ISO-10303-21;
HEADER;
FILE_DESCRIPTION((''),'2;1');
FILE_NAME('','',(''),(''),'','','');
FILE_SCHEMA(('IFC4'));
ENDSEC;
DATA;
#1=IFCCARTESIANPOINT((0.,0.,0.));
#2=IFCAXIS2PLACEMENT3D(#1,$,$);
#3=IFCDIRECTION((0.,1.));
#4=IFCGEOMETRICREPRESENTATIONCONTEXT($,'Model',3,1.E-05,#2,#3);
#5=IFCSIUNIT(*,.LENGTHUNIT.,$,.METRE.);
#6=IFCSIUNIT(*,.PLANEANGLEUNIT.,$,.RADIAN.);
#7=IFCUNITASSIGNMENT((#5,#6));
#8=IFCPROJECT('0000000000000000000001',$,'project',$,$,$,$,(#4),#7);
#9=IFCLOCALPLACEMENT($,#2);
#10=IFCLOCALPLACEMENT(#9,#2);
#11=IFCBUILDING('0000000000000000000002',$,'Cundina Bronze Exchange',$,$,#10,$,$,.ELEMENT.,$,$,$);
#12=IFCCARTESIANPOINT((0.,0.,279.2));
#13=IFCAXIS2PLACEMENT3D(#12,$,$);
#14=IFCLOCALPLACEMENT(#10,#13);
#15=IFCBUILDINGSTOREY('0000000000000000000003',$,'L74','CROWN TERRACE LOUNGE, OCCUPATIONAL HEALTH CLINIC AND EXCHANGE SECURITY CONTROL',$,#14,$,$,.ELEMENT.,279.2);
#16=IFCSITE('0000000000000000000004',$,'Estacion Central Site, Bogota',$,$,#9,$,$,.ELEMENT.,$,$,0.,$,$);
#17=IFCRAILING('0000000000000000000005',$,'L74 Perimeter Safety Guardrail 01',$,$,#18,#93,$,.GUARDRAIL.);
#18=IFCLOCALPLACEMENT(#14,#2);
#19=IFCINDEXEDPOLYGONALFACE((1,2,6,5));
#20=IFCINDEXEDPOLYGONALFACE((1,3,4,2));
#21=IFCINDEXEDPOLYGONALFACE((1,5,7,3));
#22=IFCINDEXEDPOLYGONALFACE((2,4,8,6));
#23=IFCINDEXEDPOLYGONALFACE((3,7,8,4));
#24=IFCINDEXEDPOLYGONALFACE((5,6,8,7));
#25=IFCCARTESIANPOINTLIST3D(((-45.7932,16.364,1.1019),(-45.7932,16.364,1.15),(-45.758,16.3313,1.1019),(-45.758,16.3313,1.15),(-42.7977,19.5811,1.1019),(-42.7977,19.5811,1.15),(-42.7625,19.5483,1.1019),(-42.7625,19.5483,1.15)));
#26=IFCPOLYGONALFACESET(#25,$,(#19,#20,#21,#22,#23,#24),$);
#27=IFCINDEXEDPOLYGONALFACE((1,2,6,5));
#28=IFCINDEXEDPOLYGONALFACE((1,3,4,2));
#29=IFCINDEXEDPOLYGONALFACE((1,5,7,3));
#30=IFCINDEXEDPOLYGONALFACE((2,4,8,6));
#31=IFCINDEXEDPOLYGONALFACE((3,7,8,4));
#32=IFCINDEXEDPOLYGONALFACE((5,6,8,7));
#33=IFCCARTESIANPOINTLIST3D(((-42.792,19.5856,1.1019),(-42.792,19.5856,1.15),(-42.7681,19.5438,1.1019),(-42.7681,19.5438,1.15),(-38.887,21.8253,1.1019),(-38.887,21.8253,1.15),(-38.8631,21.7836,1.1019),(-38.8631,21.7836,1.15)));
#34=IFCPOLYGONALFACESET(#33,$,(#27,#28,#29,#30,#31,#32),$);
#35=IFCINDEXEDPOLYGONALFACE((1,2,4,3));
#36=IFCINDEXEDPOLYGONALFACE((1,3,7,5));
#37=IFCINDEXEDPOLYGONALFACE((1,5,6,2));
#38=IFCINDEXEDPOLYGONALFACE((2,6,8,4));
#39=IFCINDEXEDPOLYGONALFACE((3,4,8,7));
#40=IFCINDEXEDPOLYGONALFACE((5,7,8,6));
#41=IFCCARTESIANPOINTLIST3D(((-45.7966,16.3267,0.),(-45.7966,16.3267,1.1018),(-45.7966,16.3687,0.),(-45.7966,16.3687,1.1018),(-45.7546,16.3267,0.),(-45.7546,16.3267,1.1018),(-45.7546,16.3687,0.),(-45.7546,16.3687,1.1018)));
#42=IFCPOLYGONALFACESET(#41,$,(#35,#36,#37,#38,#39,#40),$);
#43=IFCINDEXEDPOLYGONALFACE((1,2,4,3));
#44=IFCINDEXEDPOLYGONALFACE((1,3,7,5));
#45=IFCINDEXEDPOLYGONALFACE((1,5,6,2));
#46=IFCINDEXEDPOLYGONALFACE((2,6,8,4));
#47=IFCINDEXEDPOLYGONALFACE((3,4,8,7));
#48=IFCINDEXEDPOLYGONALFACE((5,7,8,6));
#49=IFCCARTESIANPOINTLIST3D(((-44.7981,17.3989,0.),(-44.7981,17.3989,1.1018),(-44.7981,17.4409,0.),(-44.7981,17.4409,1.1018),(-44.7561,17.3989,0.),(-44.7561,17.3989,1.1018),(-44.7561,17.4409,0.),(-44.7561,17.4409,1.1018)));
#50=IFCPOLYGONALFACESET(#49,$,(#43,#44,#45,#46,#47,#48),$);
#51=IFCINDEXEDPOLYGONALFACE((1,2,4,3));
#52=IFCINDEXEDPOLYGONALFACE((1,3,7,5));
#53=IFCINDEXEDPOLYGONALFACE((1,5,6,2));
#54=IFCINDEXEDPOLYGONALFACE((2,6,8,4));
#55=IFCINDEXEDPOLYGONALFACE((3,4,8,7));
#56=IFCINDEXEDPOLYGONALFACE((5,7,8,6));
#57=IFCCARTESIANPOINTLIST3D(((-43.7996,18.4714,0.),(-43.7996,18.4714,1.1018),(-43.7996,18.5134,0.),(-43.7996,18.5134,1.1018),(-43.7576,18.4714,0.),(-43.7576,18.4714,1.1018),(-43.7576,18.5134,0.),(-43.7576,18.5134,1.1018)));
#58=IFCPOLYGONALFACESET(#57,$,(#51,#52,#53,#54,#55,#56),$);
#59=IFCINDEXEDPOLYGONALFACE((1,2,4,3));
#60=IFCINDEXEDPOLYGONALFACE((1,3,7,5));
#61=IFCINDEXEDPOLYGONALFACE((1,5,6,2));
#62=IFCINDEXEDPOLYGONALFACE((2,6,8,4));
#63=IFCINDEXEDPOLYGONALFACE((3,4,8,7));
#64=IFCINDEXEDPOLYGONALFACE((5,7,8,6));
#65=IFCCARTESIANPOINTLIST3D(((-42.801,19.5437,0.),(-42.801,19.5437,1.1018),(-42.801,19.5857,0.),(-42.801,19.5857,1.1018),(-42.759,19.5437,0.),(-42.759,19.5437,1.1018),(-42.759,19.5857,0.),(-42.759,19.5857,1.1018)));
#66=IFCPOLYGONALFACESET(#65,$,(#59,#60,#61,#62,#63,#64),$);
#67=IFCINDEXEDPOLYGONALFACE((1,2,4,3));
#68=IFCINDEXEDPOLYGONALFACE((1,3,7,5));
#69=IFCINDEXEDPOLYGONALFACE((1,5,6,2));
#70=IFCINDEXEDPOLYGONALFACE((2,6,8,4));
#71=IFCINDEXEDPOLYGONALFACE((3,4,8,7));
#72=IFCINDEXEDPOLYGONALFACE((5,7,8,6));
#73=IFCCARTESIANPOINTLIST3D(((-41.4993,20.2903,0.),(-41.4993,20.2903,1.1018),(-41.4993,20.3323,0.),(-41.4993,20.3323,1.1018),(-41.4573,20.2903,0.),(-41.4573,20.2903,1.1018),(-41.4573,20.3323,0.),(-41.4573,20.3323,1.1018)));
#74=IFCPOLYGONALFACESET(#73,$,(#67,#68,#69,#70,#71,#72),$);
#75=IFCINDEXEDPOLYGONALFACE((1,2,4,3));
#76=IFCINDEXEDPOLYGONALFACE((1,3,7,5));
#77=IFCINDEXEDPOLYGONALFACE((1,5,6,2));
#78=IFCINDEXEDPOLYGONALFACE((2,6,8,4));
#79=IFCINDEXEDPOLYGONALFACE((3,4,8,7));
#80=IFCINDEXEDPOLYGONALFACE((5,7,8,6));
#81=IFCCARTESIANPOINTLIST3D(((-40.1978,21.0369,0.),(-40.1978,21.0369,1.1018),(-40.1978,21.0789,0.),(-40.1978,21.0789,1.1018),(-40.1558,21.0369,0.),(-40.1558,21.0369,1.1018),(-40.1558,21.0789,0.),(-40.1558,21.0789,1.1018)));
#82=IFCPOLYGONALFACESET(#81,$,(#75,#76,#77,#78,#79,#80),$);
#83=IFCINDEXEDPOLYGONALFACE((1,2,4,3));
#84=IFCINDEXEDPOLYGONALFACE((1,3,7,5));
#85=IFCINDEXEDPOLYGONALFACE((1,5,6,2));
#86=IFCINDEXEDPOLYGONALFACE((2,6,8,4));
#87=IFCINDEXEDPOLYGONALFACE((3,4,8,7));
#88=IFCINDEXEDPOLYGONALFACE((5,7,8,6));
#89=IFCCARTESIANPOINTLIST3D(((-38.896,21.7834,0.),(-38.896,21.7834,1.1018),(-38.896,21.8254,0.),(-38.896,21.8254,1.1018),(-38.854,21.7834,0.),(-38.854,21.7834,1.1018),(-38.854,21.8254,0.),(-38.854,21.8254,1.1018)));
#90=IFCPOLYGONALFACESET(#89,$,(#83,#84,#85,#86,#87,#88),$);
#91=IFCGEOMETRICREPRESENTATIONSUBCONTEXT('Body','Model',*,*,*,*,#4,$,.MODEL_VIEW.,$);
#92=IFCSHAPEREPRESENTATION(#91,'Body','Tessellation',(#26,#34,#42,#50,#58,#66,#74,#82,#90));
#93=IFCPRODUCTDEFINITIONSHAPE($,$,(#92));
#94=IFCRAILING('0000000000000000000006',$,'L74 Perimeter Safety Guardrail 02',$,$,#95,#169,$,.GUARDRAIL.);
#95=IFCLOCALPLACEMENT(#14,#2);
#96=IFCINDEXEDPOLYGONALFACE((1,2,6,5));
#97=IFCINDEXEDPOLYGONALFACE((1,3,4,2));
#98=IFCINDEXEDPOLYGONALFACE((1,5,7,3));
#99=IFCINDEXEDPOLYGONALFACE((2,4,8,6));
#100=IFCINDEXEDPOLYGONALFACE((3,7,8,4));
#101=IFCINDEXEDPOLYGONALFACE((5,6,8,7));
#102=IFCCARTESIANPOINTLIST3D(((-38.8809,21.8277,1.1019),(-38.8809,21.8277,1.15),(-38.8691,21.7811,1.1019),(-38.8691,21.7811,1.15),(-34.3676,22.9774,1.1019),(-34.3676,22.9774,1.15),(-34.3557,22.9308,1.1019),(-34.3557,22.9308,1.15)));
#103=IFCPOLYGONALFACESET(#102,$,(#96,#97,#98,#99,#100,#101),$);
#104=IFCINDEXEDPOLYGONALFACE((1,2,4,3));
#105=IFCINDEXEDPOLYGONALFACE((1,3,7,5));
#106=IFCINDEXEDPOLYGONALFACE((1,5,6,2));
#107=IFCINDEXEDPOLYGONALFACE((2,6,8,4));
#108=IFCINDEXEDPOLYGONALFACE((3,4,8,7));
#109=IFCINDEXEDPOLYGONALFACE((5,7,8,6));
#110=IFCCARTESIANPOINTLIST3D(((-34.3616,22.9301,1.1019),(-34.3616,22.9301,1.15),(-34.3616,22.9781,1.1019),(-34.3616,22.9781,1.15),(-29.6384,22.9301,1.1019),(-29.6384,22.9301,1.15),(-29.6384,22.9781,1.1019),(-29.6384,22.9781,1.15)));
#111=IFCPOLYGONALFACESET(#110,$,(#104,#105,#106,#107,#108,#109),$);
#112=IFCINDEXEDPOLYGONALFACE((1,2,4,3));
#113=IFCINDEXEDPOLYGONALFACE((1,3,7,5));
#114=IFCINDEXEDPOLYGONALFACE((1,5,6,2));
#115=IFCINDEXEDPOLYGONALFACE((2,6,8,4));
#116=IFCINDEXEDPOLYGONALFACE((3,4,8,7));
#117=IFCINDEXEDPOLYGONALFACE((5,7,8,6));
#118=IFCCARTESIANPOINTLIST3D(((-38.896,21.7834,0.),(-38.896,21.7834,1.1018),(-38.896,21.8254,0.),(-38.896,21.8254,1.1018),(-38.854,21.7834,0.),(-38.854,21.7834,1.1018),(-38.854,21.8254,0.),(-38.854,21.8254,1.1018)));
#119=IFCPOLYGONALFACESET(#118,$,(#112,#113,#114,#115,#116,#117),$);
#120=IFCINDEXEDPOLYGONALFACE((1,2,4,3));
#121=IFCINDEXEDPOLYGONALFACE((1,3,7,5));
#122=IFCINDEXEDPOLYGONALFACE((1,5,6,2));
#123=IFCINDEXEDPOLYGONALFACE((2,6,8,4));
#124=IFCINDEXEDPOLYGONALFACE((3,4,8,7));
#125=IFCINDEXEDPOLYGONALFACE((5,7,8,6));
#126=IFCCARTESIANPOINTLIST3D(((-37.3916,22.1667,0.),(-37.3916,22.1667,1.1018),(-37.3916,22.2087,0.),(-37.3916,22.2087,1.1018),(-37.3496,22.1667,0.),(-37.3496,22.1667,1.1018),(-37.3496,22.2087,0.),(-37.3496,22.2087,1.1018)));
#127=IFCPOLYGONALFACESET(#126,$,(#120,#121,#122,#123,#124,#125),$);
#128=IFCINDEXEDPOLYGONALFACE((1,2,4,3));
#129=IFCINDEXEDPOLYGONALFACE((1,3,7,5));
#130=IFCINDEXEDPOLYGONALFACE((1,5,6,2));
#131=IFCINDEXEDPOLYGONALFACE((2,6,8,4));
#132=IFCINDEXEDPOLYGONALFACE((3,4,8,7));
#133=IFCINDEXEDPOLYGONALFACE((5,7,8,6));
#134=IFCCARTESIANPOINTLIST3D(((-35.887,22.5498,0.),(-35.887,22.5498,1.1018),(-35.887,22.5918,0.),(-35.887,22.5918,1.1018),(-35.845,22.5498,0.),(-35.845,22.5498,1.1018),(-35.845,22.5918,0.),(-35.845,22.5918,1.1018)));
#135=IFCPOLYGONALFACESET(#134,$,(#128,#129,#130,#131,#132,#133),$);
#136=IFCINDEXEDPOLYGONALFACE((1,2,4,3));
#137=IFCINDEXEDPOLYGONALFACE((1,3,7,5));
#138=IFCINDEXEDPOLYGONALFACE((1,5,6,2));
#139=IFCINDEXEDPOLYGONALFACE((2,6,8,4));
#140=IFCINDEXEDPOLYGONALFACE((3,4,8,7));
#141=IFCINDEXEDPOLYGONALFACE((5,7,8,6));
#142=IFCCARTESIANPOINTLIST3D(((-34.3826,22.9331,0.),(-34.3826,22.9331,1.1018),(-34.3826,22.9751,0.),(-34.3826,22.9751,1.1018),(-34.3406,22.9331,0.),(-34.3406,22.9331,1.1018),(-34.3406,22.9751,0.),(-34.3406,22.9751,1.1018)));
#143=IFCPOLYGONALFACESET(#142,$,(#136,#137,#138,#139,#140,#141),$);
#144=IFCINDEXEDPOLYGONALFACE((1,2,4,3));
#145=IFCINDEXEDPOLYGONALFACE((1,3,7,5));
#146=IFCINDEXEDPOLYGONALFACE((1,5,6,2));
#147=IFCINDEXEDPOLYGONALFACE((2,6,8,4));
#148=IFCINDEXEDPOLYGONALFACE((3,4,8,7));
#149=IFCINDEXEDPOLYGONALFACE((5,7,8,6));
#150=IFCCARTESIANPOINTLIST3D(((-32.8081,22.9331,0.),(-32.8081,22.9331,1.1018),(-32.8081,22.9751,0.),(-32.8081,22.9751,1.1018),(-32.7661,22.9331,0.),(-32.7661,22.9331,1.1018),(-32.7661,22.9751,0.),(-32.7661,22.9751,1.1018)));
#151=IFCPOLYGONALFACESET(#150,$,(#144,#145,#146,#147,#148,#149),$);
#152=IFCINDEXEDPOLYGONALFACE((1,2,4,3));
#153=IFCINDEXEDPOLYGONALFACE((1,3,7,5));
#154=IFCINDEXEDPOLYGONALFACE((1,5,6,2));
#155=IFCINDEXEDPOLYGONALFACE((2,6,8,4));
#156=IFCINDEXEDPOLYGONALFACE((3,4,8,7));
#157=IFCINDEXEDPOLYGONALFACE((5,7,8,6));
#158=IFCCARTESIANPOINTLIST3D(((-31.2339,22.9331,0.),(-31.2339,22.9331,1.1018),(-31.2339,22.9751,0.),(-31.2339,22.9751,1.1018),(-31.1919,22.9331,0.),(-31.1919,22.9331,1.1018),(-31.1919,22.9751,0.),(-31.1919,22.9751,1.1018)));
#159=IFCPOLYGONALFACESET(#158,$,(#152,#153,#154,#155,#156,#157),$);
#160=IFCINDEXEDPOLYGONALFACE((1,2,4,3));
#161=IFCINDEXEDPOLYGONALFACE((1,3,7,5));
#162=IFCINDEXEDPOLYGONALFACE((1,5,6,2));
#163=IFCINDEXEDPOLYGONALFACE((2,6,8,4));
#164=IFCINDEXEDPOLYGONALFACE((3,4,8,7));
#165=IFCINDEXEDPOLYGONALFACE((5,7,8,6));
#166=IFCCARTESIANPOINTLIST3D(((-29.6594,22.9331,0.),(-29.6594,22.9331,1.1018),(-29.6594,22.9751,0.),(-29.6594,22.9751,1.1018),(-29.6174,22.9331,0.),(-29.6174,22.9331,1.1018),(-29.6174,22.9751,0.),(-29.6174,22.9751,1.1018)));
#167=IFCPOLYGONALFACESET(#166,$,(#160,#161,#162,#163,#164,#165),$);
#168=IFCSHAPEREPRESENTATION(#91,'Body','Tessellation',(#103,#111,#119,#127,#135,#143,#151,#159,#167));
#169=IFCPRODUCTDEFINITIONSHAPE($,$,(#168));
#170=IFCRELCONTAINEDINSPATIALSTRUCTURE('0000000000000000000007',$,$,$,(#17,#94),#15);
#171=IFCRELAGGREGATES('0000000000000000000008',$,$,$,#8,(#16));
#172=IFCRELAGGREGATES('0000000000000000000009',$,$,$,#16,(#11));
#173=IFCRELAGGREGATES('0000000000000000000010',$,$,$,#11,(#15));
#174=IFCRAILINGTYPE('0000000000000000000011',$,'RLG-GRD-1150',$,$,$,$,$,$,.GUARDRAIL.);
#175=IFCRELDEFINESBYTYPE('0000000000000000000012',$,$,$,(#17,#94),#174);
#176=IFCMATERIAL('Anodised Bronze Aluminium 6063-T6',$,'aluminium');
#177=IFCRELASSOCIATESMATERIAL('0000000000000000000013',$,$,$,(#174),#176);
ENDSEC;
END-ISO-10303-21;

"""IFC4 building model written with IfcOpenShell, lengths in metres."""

from ifc_helpers import new_model, si_unit, direction, frame, origin, origin_2d, place, context, subcontext, project, spatial, rectangle, extrude, material, type_object, element, save


model = new_model("IFC4")

# Units and contexts
model_context = context("Model", 3, precision=1e-05, world=origin(), true_north=direction((0.0, 1.0)))
body_context = subcontext(model_context, "Body", "Model", "MODEL_VIEW")
ifc_project = project(units=[si_unit("LENGTHUNIT", "METRE"), si_unit("PLANEANGLEUNIT", "RADIAN")], contexts=[model_context])

# Site, building, storey
site_placement = place(None, origin())
site = spatial("IfcSite", under=ifc_project, at=site_placement, Name="Estacion Central Site, Bogota", CompositionType="ELEMENT", RefElevation=0.0)
building_placement = place(site_placement, origin())
building = spatial("IfcBuilding", under=site, at=building_placement, Name="Cundina Bronze Exchange", CompositionType="ELEMENT")
storey_placement = place(building_placement, frame((0.0, 0.0, 279.2)))
storey = spatial("IfcBuildingStorey", under=building, at=storey_placement, Name="L74", Description="CROWN TERRACE LOUNGE, OCCUPATIONAL HEALTH CLINIC AND EXCHANGE SECURITY CONTROL", CompositionType="ELEMENT", Elevation=279.2)

# Shared definitions
ifc_material_1 = material(Name="Anodised Bronze Aluminium 6063-T6", Category="aluminium")

# Railings
railing_type = type_object("IfcRailingType", Name="RLG-GRD-1150", PredefinedType="GUARDRAIL", material=ifc_material_1)
railing_1_placement = place(storey_placement, frame((-45.7756, 16.3477, 0.0)))
element("IfcRailing", 1, at=railing_1_placement, inside=storey, type_object=railing_type, Name="L74 Perimeter Safety Guardrail 01", PredefinedType="GUARDRAIL", context=body_context, shape_type="SweptSolid", body=[
    extrude(rectangle(XDim=0.0481, YDim=0.0481, at=origin_2d()), frame((0.0, 0.0, 1.126), z_axis=(0.681471, 0.731845, 0.0), x_axis=(-0.731845, 0.681471, 0.0)), (0.0, 0.0, 1.0), 4.3958),
    extrude(rectangle(XDim=0.0481, YDim=0.0481, at=origin_2d()), frame((2.9956, 3.217, 1.126), z_axis=(0.867448, 0.497528, 0.0), x_axis=(-0.497528, 0.867448, 0.0)), (0.0, 0.0, 1.0), 4.5017),
    extrude(rectangle(XDim=0.042, YDim=0.042, at=origin_2d()), origin(), (0.0, 0.0, 1.0), 1.1018),
    extrude(rectangle(XDim=0.042, YDim=0.042, at=origin_2d()), frame((0.9985, 1.0723, 0.0)), (0.0, 0.0, 1.0), 1.1018),
    extrude(rectangle(XDim=0.042, YDim=0.042, at=origin_2d()), frame((1.9971, 2.1448, 0.0)), (0.0, 0.0, 1.0), 1.1018),
    extrude(rectangle(XDim=0.042, YDim=0.042, at=origin_2d()), frame((2.9956, 3.217, 0.0)), (0.0, 0.0, 1.0), 1.1018),
    extrude(rectangle(XDim=0.042, YDim=0.042, at=origin_2d()), frame((4.2974, 3.9636, 0.0)), (0.0, 0.0, 1.0), 1.1018),
    extrude(rectangle(XDim=0.042, YDim=0.042, at=origin_2d()), frame((5.5989, 4.7102, 0.0)), (0.0, 0.0, 1.0), 1.1018),
    extrude(rectangle(XDim=0.042, YDim=0.042, at=origin_2d()), frame((6.9006, 5.4568, 0.0)), (0.0, 0.0, 1.0), 1.1018),
])
railing_2_placement = place(storey_placement, frame((-38.875, 21.8044, 0.0)))
element("IfcRailing", 2, at=railing_2_placement, inside=storey, type_object=railing_type, Name="L74 Perimeter Safety Guardrail 02", PredefinedType="GUARDRAIL", context=body_context, shape_type="SweptSolid", body=[
    extrude(rectangle(XDim=0.0481, YDim=0.0481, at=origin_2d()), frame((0.0, 0.0, 1.126), z_axis=(0.969057, 0.246838, 0.0), x_axis=(-0.246838, 0.969057, 0.0)), (0.0, 0.0, 1.0), 4.6575),
    extrude(rectangle(XDim=0.0481, YDim=0.0481, at=origin_2d()), frame((4.5134, 1.1497, 1.126), z_axis=(1.0, 0.0, 0.0), x_axis=(0.0, 1.0, 0.0)), (0.0, 0.0, 1.0), 4.7231),
    extrude(rectangle(XDim=0.042, YDim=0.042, at=origin_2d()), origin(), (0.0, 0.0, 1.0), 1.1018),
    extrude(rectangle(XDim=0.042, YDim=0.042, at=origin_2d()), frame((1.5044, 0.3833, 0.0)), (0.0, 0.0, 1.0), 1.1018),
    extrude(rectangle(XDim=0.042, YDim=0.042, at=origin_2d()), frame((3.009, 0.7664, 0.0)), (0.0, 0.0, 1.0), 1.1018),
    extrude(rectangle(XDim=0.042, YDim=0.042, at=origin_2d()), frame((4.5134, 1.1497, 0.0)), (0.0, 0.0, 1.0), 1.1018),
    extrude(rectangle(XDim=0.042, YDim=0.042, at=origin_2d()), frame((6.0879, 1.1497, 0.0)), (0.0, 0.0, 1.0), 1.1018),
    extrude(rectangle(XDim=0.042, YDim=0.042, at=origin_2d()), frame((7.6621, 1.1497, 0.0)), (0.0, 0.0, 1.0), 1.1018),
    extrude(rectangle(XDim=0.042, YDim=0.042, at=origin_2d()), frame((9.2366, 1.1497, 0.0)), (0.0, 0.0, 1.0), 1.1018),
])

save(model, "model.ifc")
